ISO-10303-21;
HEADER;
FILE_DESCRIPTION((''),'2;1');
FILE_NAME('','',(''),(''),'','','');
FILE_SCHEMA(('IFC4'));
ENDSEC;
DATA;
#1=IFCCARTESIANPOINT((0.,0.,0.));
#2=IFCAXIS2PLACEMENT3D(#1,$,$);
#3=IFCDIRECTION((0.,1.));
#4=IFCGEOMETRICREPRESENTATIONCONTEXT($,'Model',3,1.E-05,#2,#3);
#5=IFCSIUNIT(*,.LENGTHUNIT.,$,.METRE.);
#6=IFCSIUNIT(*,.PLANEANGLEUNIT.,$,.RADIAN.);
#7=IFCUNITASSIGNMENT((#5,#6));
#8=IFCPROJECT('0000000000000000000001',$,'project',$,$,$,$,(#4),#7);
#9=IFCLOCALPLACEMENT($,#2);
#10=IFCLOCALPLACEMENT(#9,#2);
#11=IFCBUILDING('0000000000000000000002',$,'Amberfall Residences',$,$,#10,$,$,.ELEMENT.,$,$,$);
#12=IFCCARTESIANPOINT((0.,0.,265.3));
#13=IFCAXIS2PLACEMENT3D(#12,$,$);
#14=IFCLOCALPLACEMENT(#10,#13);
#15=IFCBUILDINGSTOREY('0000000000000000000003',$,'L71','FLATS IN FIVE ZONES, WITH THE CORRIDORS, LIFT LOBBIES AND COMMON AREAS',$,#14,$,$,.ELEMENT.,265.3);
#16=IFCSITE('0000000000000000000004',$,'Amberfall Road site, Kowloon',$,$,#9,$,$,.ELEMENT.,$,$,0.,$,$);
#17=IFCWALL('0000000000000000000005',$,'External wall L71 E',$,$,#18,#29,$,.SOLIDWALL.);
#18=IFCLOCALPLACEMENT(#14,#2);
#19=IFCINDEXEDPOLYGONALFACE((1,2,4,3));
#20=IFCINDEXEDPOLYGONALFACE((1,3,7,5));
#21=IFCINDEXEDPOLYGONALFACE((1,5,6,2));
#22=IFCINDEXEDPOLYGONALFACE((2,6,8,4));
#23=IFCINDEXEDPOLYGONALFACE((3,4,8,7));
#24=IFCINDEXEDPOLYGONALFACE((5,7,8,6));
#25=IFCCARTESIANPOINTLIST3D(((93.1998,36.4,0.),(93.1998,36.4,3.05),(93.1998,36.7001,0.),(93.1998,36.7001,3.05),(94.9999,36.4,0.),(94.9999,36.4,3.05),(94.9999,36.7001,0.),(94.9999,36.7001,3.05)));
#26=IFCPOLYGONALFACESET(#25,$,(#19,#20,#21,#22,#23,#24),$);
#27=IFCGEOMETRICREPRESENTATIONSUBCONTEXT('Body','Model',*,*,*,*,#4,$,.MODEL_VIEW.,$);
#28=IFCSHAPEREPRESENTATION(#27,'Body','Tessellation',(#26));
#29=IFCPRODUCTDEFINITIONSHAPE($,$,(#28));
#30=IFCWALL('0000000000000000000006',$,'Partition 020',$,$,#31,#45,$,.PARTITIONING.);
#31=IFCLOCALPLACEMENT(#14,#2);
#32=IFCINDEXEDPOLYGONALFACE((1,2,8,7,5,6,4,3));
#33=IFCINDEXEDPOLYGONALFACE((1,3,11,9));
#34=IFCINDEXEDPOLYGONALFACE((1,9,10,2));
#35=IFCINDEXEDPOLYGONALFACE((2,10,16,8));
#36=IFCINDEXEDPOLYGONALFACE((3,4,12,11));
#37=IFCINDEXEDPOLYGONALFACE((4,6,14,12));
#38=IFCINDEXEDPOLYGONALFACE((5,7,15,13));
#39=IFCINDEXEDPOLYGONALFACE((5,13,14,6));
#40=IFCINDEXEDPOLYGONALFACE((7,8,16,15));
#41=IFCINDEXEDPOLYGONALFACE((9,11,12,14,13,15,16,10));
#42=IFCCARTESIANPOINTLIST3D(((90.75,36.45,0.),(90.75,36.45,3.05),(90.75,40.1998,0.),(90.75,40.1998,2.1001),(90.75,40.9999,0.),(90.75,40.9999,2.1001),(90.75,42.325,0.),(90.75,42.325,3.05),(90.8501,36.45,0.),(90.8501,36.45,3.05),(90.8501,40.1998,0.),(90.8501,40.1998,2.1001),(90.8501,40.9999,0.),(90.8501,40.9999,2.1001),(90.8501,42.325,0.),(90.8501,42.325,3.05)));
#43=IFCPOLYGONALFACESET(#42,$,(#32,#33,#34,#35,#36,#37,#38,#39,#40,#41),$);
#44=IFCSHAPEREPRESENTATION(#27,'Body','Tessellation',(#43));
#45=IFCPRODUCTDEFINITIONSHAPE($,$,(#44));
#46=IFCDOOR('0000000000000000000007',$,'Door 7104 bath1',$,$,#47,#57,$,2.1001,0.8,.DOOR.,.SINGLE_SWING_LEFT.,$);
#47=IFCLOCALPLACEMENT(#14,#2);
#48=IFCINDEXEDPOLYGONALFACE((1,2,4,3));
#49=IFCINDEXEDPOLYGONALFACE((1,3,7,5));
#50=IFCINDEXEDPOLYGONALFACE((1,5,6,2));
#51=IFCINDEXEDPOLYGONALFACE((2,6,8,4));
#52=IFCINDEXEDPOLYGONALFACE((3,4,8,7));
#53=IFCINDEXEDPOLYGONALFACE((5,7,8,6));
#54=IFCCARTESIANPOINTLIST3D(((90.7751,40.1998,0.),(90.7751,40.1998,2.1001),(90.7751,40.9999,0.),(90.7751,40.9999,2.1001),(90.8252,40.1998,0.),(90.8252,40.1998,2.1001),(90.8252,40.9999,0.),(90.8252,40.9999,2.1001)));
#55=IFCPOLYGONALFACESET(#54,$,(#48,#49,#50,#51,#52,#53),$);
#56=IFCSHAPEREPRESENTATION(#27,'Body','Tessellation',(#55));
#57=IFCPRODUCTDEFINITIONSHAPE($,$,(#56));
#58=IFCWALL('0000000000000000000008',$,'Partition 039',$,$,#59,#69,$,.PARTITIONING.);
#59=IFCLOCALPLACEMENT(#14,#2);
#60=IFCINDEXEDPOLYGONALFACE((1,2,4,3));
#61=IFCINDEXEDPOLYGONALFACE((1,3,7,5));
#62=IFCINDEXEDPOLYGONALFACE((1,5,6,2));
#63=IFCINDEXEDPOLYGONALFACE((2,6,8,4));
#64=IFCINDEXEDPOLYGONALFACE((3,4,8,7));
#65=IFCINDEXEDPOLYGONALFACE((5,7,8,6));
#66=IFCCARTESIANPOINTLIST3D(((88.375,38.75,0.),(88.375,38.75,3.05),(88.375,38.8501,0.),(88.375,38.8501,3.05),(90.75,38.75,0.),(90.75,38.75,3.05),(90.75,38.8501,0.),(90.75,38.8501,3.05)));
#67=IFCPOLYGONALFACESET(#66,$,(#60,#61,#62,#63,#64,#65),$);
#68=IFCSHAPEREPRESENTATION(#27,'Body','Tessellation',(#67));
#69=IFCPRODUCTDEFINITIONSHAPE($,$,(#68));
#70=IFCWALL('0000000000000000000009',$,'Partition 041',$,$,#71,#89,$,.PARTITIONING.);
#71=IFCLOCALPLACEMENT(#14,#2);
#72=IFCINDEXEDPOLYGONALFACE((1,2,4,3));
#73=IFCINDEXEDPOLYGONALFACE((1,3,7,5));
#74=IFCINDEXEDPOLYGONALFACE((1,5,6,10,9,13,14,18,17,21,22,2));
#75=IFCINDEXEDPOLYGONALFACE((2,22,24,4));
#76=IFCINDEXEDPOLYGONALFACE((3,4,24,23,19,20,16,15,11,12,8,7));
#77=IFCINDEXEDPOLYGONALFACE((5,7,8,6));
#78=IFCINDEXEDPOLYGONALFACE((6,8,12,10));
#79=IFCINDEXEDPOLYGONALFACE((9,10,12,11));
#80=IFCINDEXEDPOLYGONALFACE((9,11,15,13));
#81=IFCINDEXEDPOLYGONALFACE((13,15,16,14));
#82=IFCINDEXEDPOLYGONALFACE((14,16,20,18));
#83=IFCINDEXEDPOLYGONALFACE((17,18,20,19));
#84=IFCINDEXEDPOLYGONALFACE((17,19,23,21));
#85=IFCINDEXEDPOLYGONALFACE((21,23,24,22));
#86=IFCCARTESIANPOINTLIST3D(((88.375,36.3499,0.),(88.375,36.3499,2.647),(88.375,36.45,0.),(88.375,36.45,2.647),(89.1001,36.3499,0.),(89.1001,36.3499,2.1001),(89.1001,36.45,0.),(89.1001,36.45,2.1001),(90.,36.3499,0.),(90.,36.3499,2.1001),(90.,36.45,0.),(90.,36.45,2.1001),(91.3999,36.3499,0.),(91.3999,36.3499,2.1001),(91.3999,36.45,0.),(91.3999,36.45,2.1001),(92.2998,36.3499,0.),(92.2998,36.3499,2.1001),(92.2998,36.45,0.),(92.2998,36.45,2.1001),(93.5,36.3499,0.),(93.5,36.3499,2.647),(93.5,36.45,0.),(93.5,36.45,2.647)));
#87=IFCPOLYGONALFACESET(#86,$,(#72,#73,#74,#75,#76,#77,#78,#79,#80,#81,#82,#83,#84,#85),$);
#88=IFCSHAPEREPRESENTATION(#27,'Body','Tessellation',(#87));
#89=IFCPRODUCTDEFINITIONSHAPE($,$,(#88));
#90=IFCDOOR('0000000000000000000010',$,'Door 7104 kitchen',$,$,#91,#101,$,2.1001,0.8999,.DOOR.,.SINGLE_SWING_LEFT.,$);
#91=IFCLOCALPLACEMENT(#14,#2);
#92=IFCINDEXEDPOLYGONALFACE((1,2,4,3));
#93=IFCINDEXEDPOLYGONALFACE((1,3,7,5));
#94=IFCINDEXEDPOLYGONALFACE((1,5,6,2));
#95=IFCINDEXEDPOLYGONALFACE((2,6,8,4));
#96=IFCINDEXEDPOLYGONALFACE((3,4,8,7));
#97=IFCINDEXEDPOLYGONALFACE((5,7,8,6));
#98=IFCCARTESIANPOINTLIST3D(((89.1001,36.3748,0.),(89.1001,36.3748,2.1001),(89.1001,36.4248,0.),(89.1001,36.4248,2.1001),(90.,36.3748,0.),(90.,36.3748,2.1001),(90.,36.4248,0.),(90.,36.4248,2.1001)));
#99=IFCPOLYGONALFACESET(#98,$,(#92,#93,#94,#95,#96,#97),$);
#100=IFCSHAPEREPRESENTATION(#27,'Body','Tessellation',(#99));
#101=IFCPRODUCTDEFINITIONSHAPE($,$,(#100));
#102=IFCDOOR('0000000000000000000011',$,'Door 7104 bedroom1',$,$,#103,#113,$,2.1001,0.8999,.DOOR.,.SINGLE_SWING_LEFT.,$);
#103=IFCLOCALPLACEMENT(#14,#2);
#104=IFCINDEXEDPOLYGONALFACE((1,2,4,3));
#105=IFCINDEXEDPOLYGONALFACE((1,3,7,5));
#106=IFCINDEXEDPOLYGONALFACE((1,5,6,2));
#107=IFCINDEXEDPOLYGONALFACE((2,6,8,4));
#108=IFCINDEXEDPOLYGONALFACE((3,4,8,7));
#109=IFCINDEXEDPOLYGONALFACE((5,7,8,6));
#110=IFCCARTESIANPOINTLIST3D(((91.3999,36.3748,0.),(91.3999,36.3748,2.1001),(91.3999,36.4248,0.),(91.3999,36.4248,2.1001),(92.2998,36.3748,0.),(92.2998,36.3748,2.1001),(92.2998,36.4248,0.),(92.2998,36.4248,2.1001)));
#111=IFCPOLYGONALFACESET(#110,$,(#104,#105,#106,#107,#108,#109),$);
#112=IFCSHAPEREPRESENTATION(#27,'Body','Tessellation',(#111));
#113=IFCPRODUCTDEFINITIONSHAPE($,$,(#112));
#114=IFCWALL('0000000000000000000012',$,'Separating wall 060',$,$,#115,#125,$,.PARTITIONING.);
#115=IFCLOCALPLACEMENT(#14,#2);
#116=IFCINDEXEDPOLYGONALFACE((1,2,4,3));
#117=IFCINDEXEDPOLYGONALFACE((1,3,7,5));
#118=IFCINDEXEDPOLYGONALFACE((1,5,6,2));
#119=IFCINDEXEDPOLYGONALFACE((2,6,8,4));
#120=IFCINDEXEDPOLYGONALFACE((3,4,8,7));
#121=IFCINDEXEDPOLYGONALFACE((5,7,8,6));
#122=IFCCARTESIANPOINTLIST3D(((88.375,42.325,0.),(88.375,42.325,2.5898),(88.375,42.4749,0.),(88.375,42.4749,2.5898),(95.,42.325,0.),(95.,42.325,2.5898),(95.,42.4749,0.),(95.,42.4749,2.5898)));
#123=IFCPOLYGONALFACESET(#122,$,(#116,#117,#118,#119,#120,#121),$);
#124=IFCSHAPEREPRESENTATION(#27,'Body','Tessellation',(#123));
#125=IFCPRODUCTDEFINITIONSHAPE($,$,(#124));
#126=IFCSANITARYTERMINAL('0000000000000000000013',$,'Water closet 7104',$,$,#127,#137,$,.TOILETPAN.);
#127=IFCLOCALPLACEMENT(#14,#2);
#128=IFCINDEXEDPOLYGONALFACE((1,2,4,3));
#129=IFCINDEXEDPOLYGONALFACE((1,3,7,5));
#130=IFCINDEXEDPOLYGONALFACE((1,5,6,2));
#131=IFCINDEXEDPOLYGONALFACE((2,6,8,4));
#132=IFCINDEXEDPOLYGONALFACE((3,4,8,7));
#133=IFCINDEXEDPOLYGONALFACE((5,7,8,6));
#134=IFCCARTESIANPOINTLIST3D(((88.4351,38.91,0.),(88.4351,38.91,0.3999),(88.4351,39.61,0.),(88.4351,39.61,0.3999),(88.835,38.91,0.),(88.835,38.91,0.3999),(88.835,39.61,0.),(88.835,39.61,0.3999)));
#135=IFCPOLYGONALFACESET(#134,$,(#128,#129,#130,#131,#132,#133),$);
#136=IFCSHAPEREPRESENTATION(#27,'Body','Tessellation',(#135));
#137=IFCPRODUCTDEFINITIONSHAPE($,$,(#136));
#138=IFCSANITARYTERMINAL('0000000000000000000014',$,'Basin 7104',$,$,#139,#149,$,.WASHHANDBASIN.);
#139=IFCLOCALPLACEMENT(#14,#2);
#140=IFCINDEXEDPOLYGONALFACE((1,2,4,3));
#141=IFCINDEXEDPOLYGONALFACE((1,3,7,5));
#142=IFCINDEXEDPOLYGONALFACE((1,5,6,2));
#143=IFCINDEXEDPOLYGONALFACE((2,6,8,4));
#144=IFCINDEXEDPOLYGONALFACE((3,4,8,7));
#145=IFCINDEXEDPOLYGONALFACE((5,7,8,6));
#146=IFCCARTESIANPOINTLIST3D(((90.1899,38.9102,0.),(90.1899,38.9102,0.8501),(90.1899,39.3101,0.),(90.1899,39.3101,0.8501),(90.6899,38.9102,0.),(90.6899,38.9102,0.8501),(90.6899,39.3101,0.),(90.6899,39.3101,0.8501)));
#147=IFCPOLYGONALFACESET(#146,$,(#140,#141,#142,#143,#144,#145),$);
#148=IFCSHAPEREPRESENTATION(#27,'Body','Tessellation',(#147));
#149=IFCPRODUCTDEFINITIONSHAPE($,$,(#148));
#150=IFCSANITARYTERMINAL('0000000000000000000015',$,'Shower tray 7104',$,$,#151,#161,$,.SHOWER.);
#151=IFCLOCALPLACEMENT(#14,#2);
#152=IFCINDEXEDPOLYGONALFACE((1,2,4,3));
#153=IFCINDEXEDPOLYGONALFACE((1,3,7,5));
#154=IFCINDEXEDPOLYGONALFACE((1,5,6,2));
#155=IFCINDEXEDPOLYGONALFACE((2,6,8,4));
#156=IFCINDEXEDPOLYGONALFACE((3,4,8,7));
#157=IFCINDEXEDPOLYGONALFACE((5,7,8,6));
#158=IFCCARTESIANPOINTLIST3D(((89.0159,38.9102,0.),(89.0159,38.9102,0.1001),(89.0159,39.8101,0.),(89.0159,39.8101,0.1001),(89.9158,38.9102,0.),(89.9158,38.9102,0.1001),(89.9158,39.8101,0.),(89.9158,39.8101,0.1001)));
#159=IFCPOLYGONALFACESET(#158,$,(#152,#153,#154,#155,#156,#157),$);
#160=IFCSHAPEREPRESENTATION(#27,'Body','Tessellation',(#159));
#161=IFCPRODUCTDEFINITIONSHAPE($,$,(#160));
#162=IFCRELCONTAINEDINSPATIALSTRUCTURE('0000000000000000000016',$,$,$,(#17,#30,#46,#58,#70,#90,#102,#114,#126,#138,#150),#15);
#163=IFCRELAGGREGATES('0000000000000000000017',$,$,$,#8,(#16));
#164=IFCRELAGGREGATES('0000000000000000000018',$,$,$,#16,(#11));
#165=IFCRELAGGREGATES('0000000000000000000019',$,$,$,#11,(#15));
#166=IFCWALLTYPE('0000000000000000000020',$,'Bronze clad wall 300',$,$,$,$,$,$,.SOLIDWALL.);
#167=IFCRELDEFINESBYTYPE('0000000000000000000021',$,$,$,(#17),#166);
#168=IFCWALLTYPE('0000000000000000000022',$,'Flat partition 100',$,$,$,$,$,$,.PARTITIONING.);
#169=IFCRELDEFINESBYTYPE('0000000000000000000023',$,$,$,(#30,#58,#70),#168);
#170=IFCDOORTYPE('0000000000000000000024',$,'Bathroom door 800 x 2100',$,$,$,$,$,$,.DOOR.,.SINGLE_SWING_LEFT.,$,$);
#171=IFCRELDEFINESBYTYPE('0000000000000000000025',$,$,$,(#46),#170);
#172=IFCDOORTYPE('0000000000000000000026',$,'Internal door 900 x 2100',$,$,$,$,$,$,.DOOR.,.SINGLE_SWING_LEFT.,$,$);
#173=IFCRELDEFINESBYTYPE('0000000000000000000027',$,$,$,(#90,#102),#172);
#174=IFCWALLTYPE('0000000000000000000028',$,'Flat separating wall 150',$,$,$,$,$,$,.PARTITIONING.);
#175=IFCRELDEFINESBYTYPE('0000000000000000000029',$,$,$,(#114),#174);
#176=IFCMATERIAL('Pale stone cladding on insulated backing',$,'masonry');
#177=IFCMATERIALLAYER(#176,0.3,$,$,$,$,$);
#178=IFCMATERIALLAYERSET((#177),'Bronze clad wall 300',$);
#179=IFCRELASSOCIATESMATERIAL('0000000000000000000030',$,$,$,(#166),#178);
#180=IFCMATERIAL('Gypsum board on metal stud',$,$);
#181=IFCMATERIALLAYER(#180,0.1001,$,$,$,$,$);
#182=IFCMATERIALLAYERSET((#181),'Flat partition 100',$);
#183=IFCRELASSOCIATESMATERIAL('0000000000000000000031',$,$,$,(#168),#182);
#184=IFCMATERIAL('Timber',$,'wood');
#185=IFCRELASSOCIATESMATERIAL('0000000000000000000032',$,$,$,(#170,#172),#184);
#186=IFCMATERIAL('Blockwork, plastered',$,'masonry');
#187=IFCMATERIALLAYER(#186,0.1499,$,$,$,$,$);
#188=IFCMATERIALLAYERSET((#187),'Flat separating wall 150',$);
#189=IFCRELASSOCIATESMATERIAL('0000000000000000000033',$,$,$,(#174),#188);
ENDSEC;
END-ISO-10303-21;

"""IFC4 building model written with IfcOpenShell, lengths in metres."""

from ifc_helpers import new_model, si_unit, direction, frame, frame_2d, origin, origin_2d, place, context, subcontext, project, spatial, rectangle, extrude, material, layer, layer_set, type_object, element, fill, save


model = new_model("IFC4")

# Units and contexts
model_context = context("Model", 3, precision=1e-05, world=origin(), true_north=direction((0.0, 1.0)))
body_context = subcontext(model_context, "Body", "Model", "MODEL_VIEW")
ifc_project = project(units=[si_unit("LENGTHUNIT", "METRE"), si_unit("PLANEANGLEUNIT", "RADIAN")], contexts=[model_context])

# Site, building, storey
site_placement = place(None, origin())
site = spatial("IfcSite", under=ifc_project, at=site_placement, Name="Amberfall Road site, Kowloon", CompositionType="ELEMENT", RefElevation=0.0)
building_placement = place(site_placement, origin())
building = spatial("IfcBuilding", under=site, at=building_placement, Name="Amberfall Residences", CompositionType="ELEMENT")
storey_placement = place(building_placement, frame((0.0, 0.0, 265.3)))
storey = spatial("IfcBuildingStorey", under=building, at=storey_placement, Name="L71", Description="FLATS IN FIVE ZONES, WITH THE CORRIDORS, LIFT LOBBIES AND COMMON AREAS", CompositionType="ELEMENT", Elevation=265.3)

# Wall
ifc_material_1 = material(Name="Pale stone cladding on insulated backing", Category="masonry")
ifc_layer_1 = layer(ifc_material_1, 0.3)
ifc_layer_set_1 = layer_set([ifc_layer_1], Name="Bronze clad wall 300")
wall_type_1 = type_object("IfcWallType", Name="Bronze clad wall 300", PredefinedType="SOLIDWALL", material=ifc_layer_set_1)
wall_1_placement = place(storey_placement, frame((93.2, 36.55, 0.0), z_axis=(0.0, 0.0, 1.0), x_axis=(1.0, 0.0, 0.0)))
element("IfcWall", 1, at=wall_1_placement, inside=storey, type_object=wall_type_1, Name="External wall L71 E", PredefinedType="SOLIDWALL", context=body_context, shape_type="SweptSolid", body=[
    extrude(rectangle(XDim=1.8, YDim=0.3, at=frame_2d((0.8999, 0.0))), origin(), (0.0, 0.0, 1.0), 3.05),
])

# Wall, opening, door
ifc_material_2 = material(Name="Gypsum board on metal stud")
ifc_layer_2 = layer(ifc_material_2, 0.1001)
ifc_layer_set_2 = layer_set([ifc_layer_2], Name="Flat partition 100")
wall_type_2 = type_object("IfcWallType", Name="Flat partition 100", PredefinedType="PARTITIONING", material=ifc_layer_set_2)
wall_2_placement = place(storey_placement, frame((90.8, 36.45, 0.0), z_axis=(0.0, 0.0, 1.0), x_axis=(0.0, 1.0, 0.0)))
wall_2 = element("IfcWall", 2, at=wall_2_placement, inside=storey, type_object=wall_type_2, Name="Partition 020", PredefinedType="PARTITIONING", context=body_context, shape_type="SweptSolid", body=[
    extrude(rectangle(XDim=5.875, YDim=0.1001, at=frame_2d((2.9375, 0.0))), origin(), (0.0, 0.0, 1.0), 3.05),
])
opening_1_placement = place(wall_2_placement, frame((3.75, 0.0, 0.0)))
opening_1 = element("IfcOpeningElement", 3, at=opening_1_placement, cuts=wall_2, PredefinedType="OPENING", context=body_context, shape_type="SweptSolid", body=[
    extrude(rectangle(XDim=0.8, YDim=2.1001, at=frame_2d((0.3999, 1.05))), frame((0.0, 0.0601, 0.0), z_axis=(0.0, -1.0, 0.0), x_axis=(1.0, 0.0, 0.0)), (0.0, 0.0, 1.0), 0.1201),
])
ifc_material_3 = material(Name="Timber", Category="wood")
door_type_1 = type_object("IfcDoorType", Name="Bathroom door 800 x 2100", OperationType="SINGLE_SWING_LEFT", PredefinedType="DOOR", material=ifc_material_3)
door_1_placement = place(opening_1_placement, origin())
door_1 = element("IfcDoor", 4, at=door_1_placement, inside=storey, type_object=door_type_1, Name="Door 7104 bath1", OperationType="SINGLE_SWING_LEFT", OverallHeight=2.1001, OverallWidth=0.8, PredefinedType="DOOR", context=body_context, shape_type="SweptSolid", body=[
    extrude(rectangle(XDim=0.8, YDim=2.1001, at=frame_2d((0.3999, 1.05))), frame((0.0, 0.0249, 0.0), z_axis=(0.0, -1.0, 0.0), x_axis=(1.0, 0.0, 0.0)), (0.0, 0.0, 1.0), 0.05),
])
fill(opening_1, door_1)

# Wall
wall_3_placement = place(storey_placement, frame((88.375, 38.8, 0.0), z_axis=(0.0, 0.0, 1.0), x_axis=(1.0, 0.0, 0.0)))
element("IfcWall", 5, at=wall_3_placement, inside=storey, type_object=wall_type_2, Name="Partition 039", PredefinedType="PARTITIONING", context=body_context, shape_type="SweptSolid", body=[
    extrude(rectangle(XDim=2.375, YDim=0.1001, at=frame_2d((1.1875, 0.0))), origin(), (0.0, 0.0, 1.0), 3.05),
])

# Wall, openings, doors
wall_4_placement = place(storey_placement, frame((88.375, 36.3999, 0.0), z_axis=(0.0, 0.0, 1.0), x_axis=(1.0, 0.0, 0.0)))
wall_4 = element("IfcWall", 6, at=wall_4_placement, inside=storey, type_object=wall_type_2, Name="Partition 041", PredefinedType="PARTITIONING", context=body_context, shape_type="SweptSolid", body=[
    extrude(rectangle(XDim=5.125, YDim=0.1001, at=frame_2d((2.5625, 0.0))), origin(), (0.0, 0.0, 1.0), 2.647),
])
opening_2_placement = place(wall_4_placement, frame((0.7251, 0.0, 0.0)))
opening_2 = element("IfcOpeningElement", 7, at=opening_2_placement, cuts=wall_4, PredefinedType="OPENING", context=body_context, shape_type="SweptSolid", body=[
    extrude(rectangle(XDim=0.8999, YDim=2.1001, at=frame_2d((0.45, 1.05))), frame((0.0, 0.0601, 0.0), z_axis=(0.0, -1.0, 0.0), x_axis=(1.0, 0.0, 0.0)), (0.0, 0.0, 1.0), 0.1201),
])
opening_3_placement = place(wall_4_placement, frame((3.0249, 0.0, 0.0)))
opening_3 = element("IfcOpeningElement", 8, at=opening_3_placement, cuts=wall_4, PredefinedType="OPENING", context=body_context, shape_type="SweptSolid", body=[
    extrude(rectangle(XDim=0.8999, YDim=2.1001, at=frame_2d((0.45, 1.05))), frame((0.0, 0.0601, 0.0), z_axis=(0.0, -1.0, 0.0), x_axis=(1.0, 0.0, 0.0)), (0.0, 0.0, 1.0), 0.1201),
])
door_type_2 = type_object("IfcDoorType", Name="Internal door 900 x 2100", OperationType="SINGLE_SWING_LEFT", PredefinedType="DOOR", material=ifc_material_3)
door_2_placement = place(opening_2_placement, origin())
door_2 = element("IfcDoor", 9, at=door_2_placement, inside=storey, type_object=door_type_2, Name="Door 7104 kitchen", OperationType="SINGLE_SWING_LEFT", OverallHeight=2.1001, OverallWidth=0.8999, PredefinedType="DOOR", context=body_context, shape_type="SweptSolid", body=[
    extrude(rectangle(XDim=0.8999, YDim=2.1001, at=frame_2d((0.45, 1.05))), frame((0.0, 0.0249, 0.0), z_axis=(0.0, -1.0, 0.0), x_axis=(1.0, 0.0, 0.0)), (0.0, 0.0, 1.0), 0.05),
])
fill(opening_2, door_2)
door_3_placement = place(opening_3_placement, origin())
door_3 = element("IfcDoor", 10, at=door_3_placement, inside=storey, type_object=door_type_2, Name="Door 7104 bedroom1", OperationType="SINGLE_SWING_LEFT", OverallHeight=2.1001, OverallWidth=0.8999, PredefinedType="DOOR", context=body_context, shape_type="SweptSolid", body=[
    extrude(rectangle(XDim=0.8999, YDim=2.1001, at=frame_2d((0.45, 1.05))), frame((0.0, 0.0249, 0.0), z_axis=(0.0, -1.0, 0.0), x_axis=(1.0, 0.0, 0.0)), (0.0, 0.0, 1.0), 0.05),
])
fill(opening_3, door_3)

# Wall
ifc_material_4 = material(Name="Blockwork, plastered", Category="masonry")
ifc_layer_3 = layer(ifc_material_4, 0.1499)
ifc_layer_set_3 = layer_set([ifc_layer_3], Name="Flat separating wall 150")
wall_type_3 = type_object("IfcWallType", Name="Flat separating wall 150", PredefinedType="PARTITIONING", material=ifc_layer_set_3)
wall_5_placement = place(storey_placement, frame((88.375, 42.3999, 0.0), z_axis=(0.0, 0.0, 1.0), x_axis=(1.0, 0.0, 0.0)))
element("IfcWall", 11, at=wall_5_placement, inside=storey, type_object=wall_type_3, Name="Separating wall 060", PredefinedType="PARTITIONING", context=body_context, shape_type="SweptSolid", body=[
    extrude(rectangle(XDim=6.625, YDim=0.1499, at=frame_2d((3.3125, 0.0))), origin(), (0.0, 0.0, 1.0), 2.5898),
])

# Sanitary terminals
sanitary_terminal_1_placement = place(storey_placement, frame((88.635, 39.26, 0.0), z_axis=(0.0, 0.0, 1.0), x_axis=(1.0, 0.0, 0.0)))
element("IfcSanitaryTerminal", 12, at=sanitary_terminal_1_placement, inside=storey, Name="Water closet 7104", PredefinedType="TOILETPAN", context=body_context, shape_type="SweptSolid", body=[
    extrude(rectangle(XDim=0.3999, YDim=0.7, at=origin_2d()), origin(), (0.0, 0.0, 1.0), 0.3999),
])
sanitary_terminal_2_placement = place(storey_placement, frame((90.4399, 39.1101, 0.0), z_axis=(0.0, 0.0, 1.0), x_axis=(1.0, 0.0, 0.0)))
element("IfcSanitaryTerminal", 13, at=sanitary_terminal_2_placement, inside=storey, Name="Basin 7104", PredefinedType="WASHHANDBASIN", context=body_context, shape_type="SweptSolid", body=[
    extrude(rectangle(XDim=0.5, YDim=0.3999, at=origin_2d()), origin(), (0.0, 0.0, 1.0), 0.8501),
])
sanitary_terminal_3_placement = place(storey_placement, frame((89.4658, 39.3601, 0.0), z_axis=(0.0, 0.0, 1.0), x_axis=(1.0, 0.0, 0.0)))
element("IfcSanitaryTerminal", 14, at=sanitary_terminal_3_placement, inside=storey, Name="Shower tray 7104", PredefinedType="SHOWER", context=body_context, shape_type="SweptSolid", body=[
    extrude(rectangle(XDim=0.8999, YDim=0.8999, at=origin_2d()), origin(), (0.0, 0.0, 1.0), 0.1001),
])

save(model, "model.ifc")
